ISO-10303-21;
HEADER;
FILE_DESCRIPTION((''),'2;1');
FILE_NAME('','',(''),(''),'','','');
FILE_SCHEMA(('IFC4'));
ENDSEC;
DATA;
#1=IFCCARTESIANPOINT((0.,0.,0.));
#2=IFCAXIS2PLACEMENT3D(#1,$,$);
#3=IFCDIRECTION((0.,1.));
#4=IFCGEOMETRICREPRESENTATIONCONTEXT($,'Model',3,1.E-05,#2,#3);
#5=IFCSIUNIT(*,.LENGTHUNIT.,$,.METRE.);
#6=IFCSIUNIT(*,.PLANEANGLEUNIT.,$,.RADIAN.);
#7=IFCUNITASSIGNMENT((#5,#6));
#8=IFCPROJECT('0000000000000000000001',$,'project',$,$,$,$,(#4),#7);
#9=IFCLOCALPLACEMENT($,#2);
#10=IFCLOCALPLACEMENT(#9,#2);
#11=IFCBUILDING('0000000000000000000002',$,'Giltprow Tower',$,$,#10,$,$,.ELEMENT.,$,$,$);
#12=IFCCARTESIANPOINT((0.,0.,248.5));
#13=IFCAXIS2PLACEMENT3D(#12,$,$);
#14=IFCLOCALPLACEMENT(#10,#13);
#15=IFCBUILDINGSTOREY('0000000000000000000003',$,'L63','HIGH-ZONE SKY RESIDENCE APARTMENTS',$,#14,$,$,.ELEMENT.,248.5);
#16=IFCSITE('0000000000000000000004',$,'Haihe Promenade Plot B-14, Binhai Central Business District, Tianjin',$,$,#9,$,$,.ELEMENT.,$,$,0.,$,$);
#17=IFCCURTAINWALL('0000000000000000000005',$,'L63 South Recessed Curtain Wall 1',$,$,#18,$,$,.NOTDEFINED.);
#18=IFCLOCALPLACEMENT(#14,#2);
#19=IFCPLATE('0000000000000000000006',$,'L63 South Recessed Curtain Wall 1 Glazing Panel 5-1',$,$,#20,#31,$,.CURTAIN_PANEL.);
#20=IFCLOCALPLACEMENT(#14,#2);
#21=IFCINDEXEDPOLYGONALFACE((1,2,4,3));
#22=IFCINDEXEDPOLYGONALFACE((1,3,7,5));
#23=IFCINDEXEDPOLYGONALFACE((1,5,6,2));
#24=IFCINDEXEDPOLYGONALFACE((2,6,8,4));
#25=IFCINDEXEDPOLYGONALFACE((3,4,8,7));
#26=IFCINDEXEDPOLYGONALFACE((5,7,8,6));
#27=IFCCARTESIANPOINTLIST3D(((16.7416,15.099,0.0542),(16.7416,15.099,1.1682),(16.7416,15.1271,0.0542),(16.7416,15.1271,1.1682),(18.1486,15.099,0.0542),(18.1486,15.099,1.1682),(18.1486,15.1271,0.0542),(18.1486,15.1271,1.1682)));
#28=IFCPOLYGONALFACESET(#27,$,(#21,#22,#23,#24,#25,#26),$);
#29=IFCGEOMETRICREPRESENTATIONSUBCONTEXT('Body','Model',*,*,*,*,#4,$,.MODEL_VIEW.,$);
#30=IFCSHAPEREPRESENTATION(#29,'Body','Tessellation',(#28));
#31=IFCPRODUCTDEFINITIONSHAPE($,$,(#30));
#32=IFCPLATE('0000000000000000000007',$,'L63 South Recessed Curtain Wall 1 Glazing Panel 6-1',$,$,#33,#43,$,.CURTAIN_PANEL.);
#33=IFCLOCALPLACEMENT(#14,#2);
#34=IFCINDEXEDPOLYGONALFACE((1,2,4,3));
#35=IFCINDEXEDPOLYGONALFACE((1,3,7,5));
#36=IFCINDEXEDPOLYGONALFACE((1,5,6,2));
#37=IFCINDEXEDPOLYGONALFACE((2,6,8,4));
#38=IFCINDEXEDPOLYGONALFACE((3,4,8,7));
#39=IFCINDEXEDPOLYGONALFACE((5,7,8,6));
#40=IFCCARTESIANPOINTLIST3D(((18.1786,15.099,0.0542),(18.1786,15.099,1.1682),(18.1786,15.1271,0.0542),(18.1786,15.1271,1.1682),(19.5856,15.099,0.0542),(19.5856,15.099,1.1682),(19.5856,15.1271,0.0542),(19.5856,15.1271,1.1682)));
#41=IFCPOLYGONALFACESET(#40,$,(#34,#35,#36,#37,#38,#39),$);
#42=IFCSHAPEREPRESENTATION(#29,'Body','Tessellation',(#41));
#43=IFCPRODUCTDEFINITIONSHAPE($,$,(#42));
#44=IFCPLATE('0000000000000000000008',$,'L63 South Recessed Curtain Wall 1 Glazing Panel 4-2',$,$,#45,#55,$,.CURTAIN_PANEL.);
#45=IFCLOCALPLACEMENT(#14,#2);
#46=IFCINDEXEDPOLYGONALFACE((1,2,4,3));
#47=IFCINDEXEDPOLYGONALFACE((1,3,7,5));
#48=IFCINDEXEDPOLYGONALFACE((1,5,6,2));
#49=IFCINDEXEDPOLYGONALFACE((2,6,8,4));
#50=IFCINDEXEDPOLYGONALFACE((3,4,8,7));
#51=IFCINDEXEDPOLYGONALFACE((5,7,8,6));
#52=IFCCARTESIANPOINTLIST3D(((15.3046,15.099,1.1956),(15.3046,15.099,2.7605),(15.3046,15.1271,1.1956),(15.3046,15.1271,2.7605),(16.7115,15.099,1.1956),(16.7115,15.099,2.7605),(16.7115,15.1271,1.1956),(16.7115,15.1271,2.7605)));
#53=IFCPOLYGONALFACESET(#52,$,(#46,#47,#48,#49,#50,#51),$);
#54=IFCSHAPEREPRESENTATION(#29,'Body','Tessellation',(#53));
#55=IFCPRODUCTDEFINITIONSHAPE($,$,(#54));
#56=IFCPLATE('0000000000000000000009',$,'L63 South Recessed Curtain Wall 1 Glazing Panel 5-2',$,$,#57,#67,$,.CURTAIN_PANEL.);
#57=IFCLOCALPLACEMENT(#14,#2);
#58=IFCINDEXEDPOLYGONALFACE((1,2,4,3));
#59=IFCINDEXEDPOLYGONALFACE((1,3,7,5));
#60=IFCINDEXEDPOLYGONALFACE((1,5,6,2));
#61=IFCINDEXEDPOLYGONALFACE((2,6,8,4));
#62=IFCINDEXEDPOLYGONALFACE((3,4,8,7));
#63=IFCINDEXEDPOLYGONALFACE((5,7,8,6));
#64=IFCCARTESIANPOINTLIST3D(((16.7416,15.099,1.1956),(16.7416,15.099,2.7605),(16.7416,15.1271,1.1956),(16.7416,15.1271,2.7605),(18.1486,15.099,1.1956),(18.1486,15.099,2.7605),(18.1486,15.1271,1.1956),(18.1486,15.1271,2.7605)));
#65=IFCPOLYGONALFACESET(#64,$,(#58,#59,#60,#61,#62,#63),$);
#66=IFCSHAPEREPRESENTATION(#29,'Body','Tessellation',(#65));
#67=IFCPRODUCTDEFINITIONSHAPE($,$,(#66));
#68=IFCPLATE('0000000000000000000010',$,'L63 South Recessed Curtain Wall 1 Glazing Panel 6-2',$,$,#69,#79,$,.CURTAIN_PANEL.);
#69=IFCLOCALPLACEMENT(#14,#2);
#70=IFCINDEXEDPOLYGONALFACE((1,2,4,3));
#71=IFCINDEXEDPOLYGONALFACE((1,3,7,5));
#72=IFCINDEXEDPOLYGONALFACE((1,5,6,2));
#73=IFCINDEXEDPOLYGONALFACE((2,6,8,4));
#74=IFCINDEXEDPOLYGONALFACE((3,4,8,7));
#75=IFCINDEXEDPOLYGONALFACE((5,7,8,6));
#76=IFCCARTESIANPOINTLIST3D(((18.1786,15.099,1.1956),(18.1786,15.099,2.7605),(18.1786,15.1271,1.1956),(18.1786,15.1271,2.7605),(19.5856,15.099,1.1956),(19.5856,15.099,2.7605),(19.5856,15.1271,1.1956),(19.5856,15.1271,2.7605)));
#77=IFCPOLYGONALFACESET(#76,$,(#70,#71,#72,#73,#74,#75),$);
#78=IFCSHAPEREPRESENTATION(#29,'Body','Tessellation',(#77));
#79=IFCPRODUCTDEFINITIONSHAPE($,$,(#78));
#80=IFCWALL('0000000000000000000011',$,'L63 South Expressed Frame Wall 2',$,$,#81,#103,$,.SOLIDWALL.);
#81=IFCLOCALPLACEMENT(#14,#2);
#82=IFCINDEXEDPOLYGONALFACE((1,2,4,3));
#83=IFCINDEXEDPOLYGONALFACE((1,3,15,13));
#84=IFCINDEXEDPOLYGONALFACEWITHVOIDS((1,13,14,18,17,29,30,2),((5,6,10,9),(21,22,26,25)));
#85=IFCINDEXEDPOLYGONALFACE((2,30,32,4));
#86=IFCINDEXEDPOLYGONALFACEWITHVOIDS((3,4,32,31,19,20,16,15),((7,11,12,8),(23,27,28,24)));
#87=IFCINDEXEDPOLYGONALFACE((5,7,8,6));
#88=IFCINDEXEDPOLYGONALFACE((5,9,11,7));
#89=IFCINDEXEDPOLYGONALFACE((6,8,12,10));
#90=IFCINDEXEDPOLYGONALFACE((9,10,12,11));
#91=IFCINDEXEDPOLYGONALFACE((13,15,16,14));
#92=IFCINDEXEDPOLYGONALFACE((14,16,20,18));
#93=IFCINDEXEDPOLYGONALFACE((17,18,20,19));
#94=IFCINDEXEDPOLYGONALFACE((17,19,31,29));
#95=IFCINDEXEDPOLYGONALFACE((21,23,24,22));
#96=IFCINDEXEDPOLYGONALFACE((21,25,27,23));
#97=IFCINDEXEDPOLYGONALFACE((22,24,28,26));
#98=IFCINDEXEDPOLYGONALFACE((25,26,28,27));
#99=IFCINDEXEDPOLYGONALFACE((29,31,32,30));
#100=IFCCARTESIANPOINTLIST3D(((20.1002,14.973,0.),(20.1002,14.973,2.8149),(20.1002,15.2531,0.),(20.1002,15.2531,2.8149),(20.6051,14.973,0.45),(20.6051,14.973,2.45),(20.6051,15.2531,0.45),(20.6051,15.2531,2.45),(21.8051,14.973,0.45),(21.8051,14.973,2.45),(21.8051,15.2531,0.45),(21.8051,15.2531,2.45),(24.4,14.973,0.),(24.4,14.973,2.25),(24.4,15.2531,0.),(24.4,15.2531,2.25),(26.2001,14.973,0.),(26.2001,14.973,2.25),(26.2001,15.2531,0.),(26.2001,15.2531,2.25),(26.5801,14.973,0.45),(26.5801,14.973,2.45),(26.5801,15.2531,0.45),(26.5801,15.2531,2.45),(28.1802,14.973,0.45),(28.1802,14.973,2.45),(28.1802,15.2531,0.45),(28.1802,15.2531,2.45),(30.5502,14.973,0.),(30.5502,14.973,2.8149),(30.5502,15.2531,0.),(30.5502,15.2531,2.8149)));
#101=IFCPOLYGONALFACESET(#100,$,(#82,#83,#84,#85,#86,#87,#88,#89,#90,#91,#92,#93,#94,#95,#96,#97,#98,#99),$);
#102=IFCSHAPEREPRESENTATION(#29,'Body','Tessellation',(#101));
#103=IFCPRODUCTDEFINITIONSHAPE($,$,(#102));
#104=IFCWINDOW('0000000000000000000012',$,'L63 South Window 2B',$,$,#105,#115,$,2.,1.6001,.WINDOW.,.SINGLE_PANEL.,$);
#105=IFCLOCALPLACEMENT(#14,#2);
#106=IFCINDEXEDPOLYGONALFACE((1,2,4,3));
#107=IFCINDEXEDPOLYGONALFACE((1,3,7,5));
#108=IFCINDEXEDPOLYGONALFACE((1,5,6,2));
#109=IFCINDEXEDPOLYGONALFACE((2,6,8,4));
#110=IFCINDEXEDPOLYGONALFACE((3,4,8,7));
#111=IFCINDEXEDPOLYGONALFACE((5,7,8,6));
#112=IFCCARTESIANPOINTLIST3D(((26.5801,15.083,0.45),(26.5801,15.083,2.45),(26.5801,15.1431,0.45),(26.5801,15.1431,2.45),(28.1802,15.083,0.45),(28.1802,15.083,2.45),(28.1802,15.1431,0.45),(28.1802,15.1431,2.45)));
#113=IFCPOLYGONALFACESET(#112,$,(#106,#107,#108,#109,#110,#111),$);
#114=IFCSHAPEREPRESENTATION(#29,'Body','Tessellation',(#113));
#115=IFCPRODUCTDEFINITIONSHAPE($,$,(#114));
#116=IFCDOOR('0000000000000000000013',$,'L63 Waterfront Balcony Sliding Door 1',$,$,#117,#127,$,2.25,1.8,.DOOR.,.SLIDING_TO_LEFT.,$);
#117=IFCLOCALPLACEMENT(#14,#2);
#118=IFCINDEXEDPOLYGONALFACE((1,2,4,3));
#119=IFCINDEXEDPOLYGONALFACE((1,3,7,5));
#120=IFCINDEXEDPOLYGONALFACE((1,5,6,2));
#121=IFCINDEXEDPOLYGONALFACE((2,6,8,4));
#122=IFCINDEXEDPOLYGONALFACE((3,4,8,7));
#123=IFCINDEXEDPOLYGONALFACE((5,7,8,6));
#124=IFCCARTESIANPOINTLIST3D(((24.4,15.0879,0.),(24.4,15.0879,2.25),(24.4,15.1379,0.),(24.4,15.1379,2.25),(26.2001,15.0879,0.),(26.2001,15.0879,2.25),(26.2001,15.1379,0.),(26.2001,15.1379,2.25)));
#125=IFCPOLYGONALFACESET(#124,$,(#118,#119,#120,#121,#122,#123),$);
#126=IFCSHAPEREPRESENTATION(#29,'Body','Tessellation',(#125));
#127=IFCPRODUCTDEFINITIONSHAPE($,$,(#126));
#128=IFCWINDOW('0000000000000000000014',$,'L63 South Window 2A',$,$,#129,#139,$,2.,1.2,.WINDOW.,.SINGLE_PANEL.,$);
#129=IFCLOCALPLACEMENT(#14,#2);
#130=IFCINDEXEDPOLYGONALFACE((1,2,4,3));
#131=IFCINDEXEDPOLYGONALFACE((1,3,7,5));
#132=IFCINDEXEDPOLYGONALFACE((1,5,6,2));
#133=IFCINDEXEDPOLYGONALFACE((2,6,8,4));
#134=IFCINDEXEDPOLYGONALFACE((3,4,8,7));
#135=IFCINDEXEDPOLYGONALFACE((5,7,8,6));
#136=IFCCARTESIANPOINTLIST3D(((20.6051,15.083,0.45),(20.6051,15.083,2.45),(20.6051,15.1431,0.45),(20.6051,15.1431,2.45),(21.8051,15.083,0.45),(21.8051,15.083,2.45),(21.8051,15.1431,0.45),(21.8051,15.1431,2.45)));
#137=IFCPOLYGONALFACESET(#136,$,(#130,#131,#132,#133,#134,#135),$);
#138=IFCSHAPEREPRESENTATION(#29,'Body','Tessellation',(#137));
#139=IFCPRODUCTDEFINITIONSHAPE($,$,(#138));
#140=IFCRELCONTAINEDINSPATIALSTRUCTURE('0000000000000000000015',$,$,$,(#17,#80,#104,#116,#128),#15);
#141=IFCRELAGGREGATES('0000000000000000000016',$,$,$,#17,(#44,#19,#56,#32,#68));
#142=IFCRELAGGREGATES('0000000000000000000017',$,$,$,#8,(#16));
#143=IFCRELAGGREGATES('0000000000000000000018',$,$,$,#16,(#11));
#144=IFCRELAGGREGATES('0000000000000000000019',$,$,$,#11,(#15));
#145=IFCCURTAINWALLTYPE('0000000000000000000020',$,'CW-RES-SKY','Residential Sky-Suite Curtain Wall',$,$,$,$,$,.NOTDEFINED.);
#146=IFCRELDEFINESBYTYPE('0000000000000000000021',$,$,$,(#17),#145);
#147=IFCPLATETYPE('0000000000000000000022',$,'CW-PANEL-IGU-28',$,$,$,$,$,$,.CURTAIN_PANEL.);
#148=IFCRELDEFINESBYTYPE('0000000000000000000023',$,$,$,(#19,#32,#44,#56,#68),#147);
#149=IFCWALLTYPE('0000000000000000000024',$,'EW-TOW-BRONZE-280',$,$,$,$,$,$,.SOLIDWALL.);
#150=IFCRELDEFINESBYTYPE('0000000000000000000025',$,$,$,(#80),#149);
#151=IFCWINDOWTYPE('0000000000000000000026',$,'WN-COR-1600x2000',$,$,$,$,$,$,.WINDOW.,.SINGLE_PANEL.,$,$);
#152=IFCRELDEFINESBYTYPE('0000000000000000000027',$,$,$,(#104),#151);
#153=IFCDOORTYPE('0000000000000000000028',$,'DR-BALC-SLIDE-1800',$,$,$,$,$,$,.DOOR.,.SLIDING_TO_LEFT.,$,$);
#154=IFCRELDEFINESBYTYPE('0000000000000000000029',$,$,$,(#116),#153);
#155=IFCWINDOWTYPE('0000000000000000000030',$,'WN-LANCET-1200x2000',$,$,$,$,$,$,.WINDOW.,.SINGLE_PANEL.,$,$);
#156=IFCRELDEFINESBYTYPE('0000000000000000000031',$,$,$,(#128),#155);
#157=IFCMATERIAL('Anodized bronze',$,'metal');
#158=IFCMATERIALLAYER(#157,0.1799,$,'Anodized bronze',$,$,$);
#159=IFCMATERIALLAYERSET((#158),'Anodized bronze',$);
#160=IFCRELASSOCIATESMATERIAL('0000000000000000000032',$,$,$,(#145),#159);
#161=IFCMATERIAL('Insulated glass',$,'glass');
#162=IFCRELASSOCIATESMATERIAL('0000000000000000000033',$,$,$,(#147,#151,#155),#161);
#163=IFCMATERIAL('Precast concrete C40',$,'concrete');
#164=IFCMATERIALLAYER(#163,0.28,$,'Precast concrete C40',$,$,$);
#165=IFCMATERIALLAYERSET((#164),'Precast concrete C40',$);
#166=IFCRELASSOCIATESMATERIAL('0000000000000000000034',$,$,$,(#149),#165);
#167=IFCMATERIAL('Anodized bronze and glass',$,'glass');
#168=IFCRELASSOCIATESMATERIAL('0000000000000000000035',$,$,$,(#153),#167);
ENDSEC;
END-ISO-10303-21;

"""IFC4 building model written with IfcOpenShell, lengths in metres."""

from ifc_helpers import new_model, si_unit, direction, frame, frame_2d, origin, origin_2d, place, context, subcontext, project, spatial, rectangle, extrude, source, transform, mapped, material, layer, layer_set, type_object, element, fill, aggregate, save


model = new_model("IFC4")

# Units and contexts
model_context = context("Model", 3, precision=1e-05, world=origin(), true_north=direction((0.0, 1.0)))
body_context = subcontext(model_context, "Body", "Model", "MODEL_VIEW")
ifc_project = project(units=[si_unit("LENGTHUNIT", "METRE"), si_unit("PLANEANGLEUNIT", "RADIAN")], contexts=[model_context])

# Site, building, storey
site_placement = place(None, origin())
site = spatial("IfcSite", under=ifc_project, at=site_placement, Name="Haihe Promenade Plot B-14, Binhai Central Business District, Tianjin", CompositionType="ELEMENT", RefElevation=0.0)
building_placement = place(site_placement, origin())
building = spatial("IfcBuilding", under=site, at=building_placement, Name="Giltprow Tower", CompositionType="ELEMENT")
storey_placement = place(building_placement, frame((0.0, 0.0, 248.5)))
storey = spatial("IfcBuildingStorey", under=building, at=storey_placement, Name="L63", Description="HIGH-ZONE SKY RESIDENCE APARTMENTS", CompositionType="ELEMENT", Elevation=248.5)

# Curtain wall, plates
ifc_material_1 = material(Name="Anodized bronze", Category="metal")
ifc_layer_1 = layer(ifc_material_1, 0.1799, Name="Anodized bronze")
ifc_layer_set_1 = layer_set([ifc_layer_1], Name="Anodized bronze")
curtain_wall_type = type_object("IfcCurtainWallType", Name="CW-RES-SKY", Description="Residential Sky-Suite Curtain Wall", PredefinedType="NOTDEFINED", material=ifc_layer_set_1)
curtain_wall_placement = place(storey_placement, origin())
curtain_wall = element("IfcCurtainWall", 1, at=curtain_wall_placement, inside=storey, type_object=curtain_wall_type, Name="L63 South Recessed Curtain Wall 1", PredefinedType="NOTDEFINED")
ifc_material_2 = material(Name="Insulated glass", Category="glass")
plate_type = type_object("IfcPlateType", Name="CW-PANEL-IGU-28", PredefinedType="CURTAIN_PANEL", material=ifc_material_2)
shared_shape_1 = source(origin(), body_context, "Body", "SweptSolid", [
    extrude(rectangle(XDim=1.407, YDim=0.0281, at=origin_2d()), origin(), (0.0, 0.0, 1.0), 1.114),
])
plate_1_placement = place(storey_placement, frame((17.4451, 15.113, 0.0542), z_axis=(0.0, 0.0, 1.0), x_axis=(1.0, 0.0, 0.0)))
plate_1 = element("IfcPlate", 2, at=plate_1_placement, type_object=plate_type, Name="L63 South Recessed Curtain Wall 1 Glazing Panel 5-1", PredefinedType="CURTAIN_PANEL", context=body_context, shape_type="MappedRepresentation", body=[
    mapped(shared_shape_1, transform((0.0, 0.0, 0.0), x_axis=(1.0, 0.0, 0.0), y_axis=(0.0, 1.0, 0.0), z_axis=(0.0, 0.0, 1.0), scale=1.0)),
])
plate_2_placement = place(storey_placement, frame((18.8821, 15.113, 0.0542), z_axis=(0.0, 0.0, 1.0), x_axis=(1.0, 0.0, 0.0)))
plate_2 = element("IfcPlate", 3, at=plate_2_placement, type_object=plate_type, Name="L63 South Recessed Curtain Wall 1 Glazing Panel 6-1", PredefinedType="CURTAIN_PANEL", context=body_context, shape_type="MappedRepresentation", body=[
    mapped(shared_shape_1, transform((0.0, 0.0, 0.0), x_axis=(1.0, 0.0, 0.0), y_axis=(0.0, 1.0, 0.0), z_axis=(0.0, 0.0, 1.0), scale=1.0)),
])
shared_shape_2 = source(origin(), body_context, "Body", "SweptSolid", [
    extrude(rectangle(XDim=1.407, YDim=0.0281, at=origin_2d()), origin(), (0.0, 0.0, 1.0), 1.5649),
])
plate_3_placement = place(storey_placement, frame((16.0081, 15.113, 1.1956), z_axis=(0.0, 0.0, 1.0), x_axis=(1.0, 0.0, 0.0)))
plate_3 = element("IfcPlate", 4, at=plate_3_placement, type_object=plate_type, Name="L63 South Recessed Curtain Wall 1 Glazing Panel 4-2", PredefinedType="CURTAIN_PANEL", context=body_context, shape_type="MappedRepresentation", body=[
    mapped(shared_shape_2, transform((0.0, 0.0, 0.0), x_axis=(1.0, 0.0, 0.0), y_axis=(0.0, 1.0, 0.0), z_axis=(0.0, 0.0, 1.0), scale=1.0)),
])
plate_4_placement = place(storey_placement, frame((17.4451, 15.113, 1.1956), z_axis=(0.0, 0.0, 1.0), x_axis=(1.0, 0.0, 0.0)))
plate_4 = element("IfcPlate", 5, at=plate_4_placement, type_object=plate_type, Name="L63 South Recessed Curtain Wall 1 Glazing Panel 5-2", PredefinedType="CURTAIN_PANEL", context=body_context, shape_type="MappedRepresentation", body=[
    mapped(shared_shape_2, transform((0.0, 0.0, 0.0), x_axis=(1.0, 0.0, 0.0), y_axis=(0.0, 1.0, 0.0), z_axis=(0.0, 0.0, 1.0), scale=1.0)),
])
plate_5_placement = place(storey_placement, frame((18.8821, 15.113, 1.1956), z_axis=(0.0, 0.0, 1.0), x_axis=(1.0, 0.0, 0.0)))
plate_5 = element("IfcPlate", 6, at=plate_5_placement, type_object=plate_type, Name="L63 South Recessed Curtain Wall 1 Glazing Panel 6-2", PredefinedType="CURTAIN_PANEL", context=body_context, shape_type="MappedRepresentation", body=[
    mapped(shared_shape_2, transform((0.0, 0.0, 0.0), x_axis=(1.0, 0.0, 0.0), y_axis=(0.0, 1.0, 0.0), z_axis=(0.0, 0.0, 1.0), scale=1.0)),
])
aggregate(curtain_wall, [plate_3, plate_1, plate_4, plate_2, plate_5])

# Wall, openings, windows, door
ifc_material_3 = material(Name="Precast concrete C40", Category="concrete")
ifc_layer_2 = layer(ifc_material_3, 0.28, Name="Precast concrete C40")
ifc_layer_set_2 = layer_set([ifc_layer_2], Name="Precast concrete C40")
wall_type = type_object("IfcWallType", Name="EW-TOW-BRONZE-280", PredefinedType="SOLIDWALL", material=ifc_layer_set_2)
wall_placement = place(storey_placement, frame((20.1001, 15.113, 0.0), z_axis=(0.0, 0.0, 1.0), x_axis=(1.0, 0.0, 0.0)))
wall = element("IfcWall", 7, at=wall_placement, inside=storey, type_object=wall_type, Name="L63 South Expressed Frame Wall 2", PredefinedType="SOLIDWALL", context=body_context, shape_type="SweptSolid", body=[
    extrude(rectangle(XDim=10.45, YDim=0.28, at=frame_2d((5.2251, 0.0))), origin(), (0.0, 0.0, 1.0), 2.8149),
])
opening_1_placement = place(wall_placement, frame((4.3, 0.0, 0.0)))
opening_1 = element("IfcOpeningElement", 8, at=opening_1_placement, cuts=wall, PredefinedType="OPENING", context=body_context, shape_type="SweptSolid", body=[
    extrude(rectangle(XDim=1.8, YDim=2.25, at=frame_2d((0.8999, 1.125))), frame((0.0, 0.1499, 0.0), z_axis=(0.0, -1.0, 0.0), x_axis=(1.0, 0.0, 0.0)), (0.0, 0.0, 1.0), 0.3),
])
opening_2_placement = place(wall_placement, frame((0.5049, 0.0, 0.45)))
opening_2 = element("IfcOpeningElement", 9, at=opening_2_placement, cuts=wall, PredefinedType="OPENING", context=body_context, shape_type="SweptSolid", body=[
    extrude(rectangle(XDim=1.2, YDim=2.0, at=frame_2d((0.6001, 1.0))), frame((0.0, 0.1499, 0.0), z_axis=(0.0, -1.0, 0.0), x_axis=(1.0, 0.0, 0.0)), (0.0, 0.0, 1.0), 0.3),
])
opening_3_placement = place(wall_placement, frame((6.48, 0.0, 0.45)))
opening_3 = element("IfcOpeningElement", 10, at=opening_3_placement, cuts=wall, PredefinedType="OPENING", context=body_context, shape_type="SweptSolid", body=[
    extrude(rectangle(XDim=1.6001, YDim=2.0, at=frame_2d((0.8, 1.0))), frame((0.0, 0.1499, 0.0), z_axis=(0.0, -1.0, 0.0), x_axis=(1.0, 0.0, 0.0)), (0.0, 0.0, 1.0), 0.3),
])
window_type_1 = type_object("IfcWindowType", Name="WN-COR-1600x2000", PartitioningType="SINGLE_PANEL", PredefinedType="WINDOW", material=ifc_material_2)
shared_shape_3 = source(origin(), body_context, "Body", "SweptSolid", [
    extrude(rectangle(XDim=1.6001, YDim=2.0, at=frame_2d((0.8, 1.0))), frame((0.0, 0.03, 0.0), z_axis=(0.0, -1.0, 0.0), x_axis=(1.0, 0.0, 0.0)), (0.0, 0.0, 1.0), 0.0601),
])
window_1_placement = place(opening_3_placement, origin())
window_1 = element("IfcWindow", 11, at=window_1_placement, inside=storey, type_object=window_type_1, Name="L63 South Window 2B", OverallHeight=2.0, OverallWidth=1.6001, PartitioningType="SINGLE_PANEL", PredefinedType="WINDOW", context=body_context, shape_type="MappedRepresentation", body=[
    mapped(shared_shape_3, transform((0.0, 0.0, 0.0), x_axis=(1.0, 0.0, 0.0), y_axis=(0.0, 1.0, 0.0), z_axis=(0.0, 0.0, 1.0), scale=1.0)),
])
fill(opening_3, window_1)
ifc_material_4 = material(Name="Anodized bronze and glass", Category="glass")
door_type = type_object("IfcDoorType", Name="DR-BALC-SLIDE-1800", OperationType="SLIDING_TO_LEFT", PredefinedType="DOOR", material=ifc_material_4)
shared_shape_4 = source(origin(), body_context, "Body", "SweptSolid", [
    extrude(rectangle(XDim=1.8, YDim=2.25, at=frame_2d((0.8999, 1.125))), frame((0.0, 0.0249, 0.0), z_axis=(0.0, -1.0, 0.0), x_axis=(1.0, 0.0, 0.0)), (0.0, 0.0, 1.0), 0.05),
])
door_placement = place(opening_1_placement, origin())
door = element("IfcDoor", 12, at=door_placement, inside=storey, type_object=door_type, Name="L63 Waterfront Balcony Sliding Door 1", OperationType="SLIDING_TO_LEFT", OverallHeight=2.25, OverallWidth=1.8, PredefinedType="DOOR", context=body_context, shape_type="MappedRepresentation", body=[
    mapped(shared_shape_4, transform((0.0, 0.0, 0.0), x_axis=(1.0, 0.0, 0.0), y_axis=(0.0, 1.0, 0.0), z_axis=(0.0, 0.0, 1.0), scale=1.0)),
])
fill(opening_1, door)
window_type_2 = type_object("IfcWindowType", Name="WN-LANCET-1200x2000", PartitioningType="SINGLE_PANEL", PredefinedType="WINDOW", material=ifc_material_2)
shared_shape_5 = source(origin(), body_context, "Body", "SweptSolid", [
    extrude(rectangle(XDim=1.2, YDim=2.0, at=frame_2d((0.6001, 1.0))), frame((0.0, 0.03, 0.0), z_axis=(0.0, -1.0, 0.0), x_axis=(1.0, 0.0, 0.0)), (0.0, 0.0, 1.0), 0.0601),
])
window_2_placement = place(opening_2_placement, origin())
window_2 = element("IfcWindow", 13, at=window_2_placement, inside=storey, type_object=window_type_2, Name="L63 South Window 2A", OverallHeight=2.0, OverallWidth=1.2, PartitioningType="SINGLE_PANEL", PredefinedType="WINDOW", context=body_context, shape_type="MappedRepresentation", body=[
    mapped(shared_shape_5, transform((0.0, 0.0, 0.0), x_axis=(1.0, 0.0, 0.0), y_axis=(0.0, 1.0, 0.0), z_axis=(0.0, 0.0, 1.0), scale=1.0)),
])
fill(opening_2, window_2)

save(model, "model.ifc")
